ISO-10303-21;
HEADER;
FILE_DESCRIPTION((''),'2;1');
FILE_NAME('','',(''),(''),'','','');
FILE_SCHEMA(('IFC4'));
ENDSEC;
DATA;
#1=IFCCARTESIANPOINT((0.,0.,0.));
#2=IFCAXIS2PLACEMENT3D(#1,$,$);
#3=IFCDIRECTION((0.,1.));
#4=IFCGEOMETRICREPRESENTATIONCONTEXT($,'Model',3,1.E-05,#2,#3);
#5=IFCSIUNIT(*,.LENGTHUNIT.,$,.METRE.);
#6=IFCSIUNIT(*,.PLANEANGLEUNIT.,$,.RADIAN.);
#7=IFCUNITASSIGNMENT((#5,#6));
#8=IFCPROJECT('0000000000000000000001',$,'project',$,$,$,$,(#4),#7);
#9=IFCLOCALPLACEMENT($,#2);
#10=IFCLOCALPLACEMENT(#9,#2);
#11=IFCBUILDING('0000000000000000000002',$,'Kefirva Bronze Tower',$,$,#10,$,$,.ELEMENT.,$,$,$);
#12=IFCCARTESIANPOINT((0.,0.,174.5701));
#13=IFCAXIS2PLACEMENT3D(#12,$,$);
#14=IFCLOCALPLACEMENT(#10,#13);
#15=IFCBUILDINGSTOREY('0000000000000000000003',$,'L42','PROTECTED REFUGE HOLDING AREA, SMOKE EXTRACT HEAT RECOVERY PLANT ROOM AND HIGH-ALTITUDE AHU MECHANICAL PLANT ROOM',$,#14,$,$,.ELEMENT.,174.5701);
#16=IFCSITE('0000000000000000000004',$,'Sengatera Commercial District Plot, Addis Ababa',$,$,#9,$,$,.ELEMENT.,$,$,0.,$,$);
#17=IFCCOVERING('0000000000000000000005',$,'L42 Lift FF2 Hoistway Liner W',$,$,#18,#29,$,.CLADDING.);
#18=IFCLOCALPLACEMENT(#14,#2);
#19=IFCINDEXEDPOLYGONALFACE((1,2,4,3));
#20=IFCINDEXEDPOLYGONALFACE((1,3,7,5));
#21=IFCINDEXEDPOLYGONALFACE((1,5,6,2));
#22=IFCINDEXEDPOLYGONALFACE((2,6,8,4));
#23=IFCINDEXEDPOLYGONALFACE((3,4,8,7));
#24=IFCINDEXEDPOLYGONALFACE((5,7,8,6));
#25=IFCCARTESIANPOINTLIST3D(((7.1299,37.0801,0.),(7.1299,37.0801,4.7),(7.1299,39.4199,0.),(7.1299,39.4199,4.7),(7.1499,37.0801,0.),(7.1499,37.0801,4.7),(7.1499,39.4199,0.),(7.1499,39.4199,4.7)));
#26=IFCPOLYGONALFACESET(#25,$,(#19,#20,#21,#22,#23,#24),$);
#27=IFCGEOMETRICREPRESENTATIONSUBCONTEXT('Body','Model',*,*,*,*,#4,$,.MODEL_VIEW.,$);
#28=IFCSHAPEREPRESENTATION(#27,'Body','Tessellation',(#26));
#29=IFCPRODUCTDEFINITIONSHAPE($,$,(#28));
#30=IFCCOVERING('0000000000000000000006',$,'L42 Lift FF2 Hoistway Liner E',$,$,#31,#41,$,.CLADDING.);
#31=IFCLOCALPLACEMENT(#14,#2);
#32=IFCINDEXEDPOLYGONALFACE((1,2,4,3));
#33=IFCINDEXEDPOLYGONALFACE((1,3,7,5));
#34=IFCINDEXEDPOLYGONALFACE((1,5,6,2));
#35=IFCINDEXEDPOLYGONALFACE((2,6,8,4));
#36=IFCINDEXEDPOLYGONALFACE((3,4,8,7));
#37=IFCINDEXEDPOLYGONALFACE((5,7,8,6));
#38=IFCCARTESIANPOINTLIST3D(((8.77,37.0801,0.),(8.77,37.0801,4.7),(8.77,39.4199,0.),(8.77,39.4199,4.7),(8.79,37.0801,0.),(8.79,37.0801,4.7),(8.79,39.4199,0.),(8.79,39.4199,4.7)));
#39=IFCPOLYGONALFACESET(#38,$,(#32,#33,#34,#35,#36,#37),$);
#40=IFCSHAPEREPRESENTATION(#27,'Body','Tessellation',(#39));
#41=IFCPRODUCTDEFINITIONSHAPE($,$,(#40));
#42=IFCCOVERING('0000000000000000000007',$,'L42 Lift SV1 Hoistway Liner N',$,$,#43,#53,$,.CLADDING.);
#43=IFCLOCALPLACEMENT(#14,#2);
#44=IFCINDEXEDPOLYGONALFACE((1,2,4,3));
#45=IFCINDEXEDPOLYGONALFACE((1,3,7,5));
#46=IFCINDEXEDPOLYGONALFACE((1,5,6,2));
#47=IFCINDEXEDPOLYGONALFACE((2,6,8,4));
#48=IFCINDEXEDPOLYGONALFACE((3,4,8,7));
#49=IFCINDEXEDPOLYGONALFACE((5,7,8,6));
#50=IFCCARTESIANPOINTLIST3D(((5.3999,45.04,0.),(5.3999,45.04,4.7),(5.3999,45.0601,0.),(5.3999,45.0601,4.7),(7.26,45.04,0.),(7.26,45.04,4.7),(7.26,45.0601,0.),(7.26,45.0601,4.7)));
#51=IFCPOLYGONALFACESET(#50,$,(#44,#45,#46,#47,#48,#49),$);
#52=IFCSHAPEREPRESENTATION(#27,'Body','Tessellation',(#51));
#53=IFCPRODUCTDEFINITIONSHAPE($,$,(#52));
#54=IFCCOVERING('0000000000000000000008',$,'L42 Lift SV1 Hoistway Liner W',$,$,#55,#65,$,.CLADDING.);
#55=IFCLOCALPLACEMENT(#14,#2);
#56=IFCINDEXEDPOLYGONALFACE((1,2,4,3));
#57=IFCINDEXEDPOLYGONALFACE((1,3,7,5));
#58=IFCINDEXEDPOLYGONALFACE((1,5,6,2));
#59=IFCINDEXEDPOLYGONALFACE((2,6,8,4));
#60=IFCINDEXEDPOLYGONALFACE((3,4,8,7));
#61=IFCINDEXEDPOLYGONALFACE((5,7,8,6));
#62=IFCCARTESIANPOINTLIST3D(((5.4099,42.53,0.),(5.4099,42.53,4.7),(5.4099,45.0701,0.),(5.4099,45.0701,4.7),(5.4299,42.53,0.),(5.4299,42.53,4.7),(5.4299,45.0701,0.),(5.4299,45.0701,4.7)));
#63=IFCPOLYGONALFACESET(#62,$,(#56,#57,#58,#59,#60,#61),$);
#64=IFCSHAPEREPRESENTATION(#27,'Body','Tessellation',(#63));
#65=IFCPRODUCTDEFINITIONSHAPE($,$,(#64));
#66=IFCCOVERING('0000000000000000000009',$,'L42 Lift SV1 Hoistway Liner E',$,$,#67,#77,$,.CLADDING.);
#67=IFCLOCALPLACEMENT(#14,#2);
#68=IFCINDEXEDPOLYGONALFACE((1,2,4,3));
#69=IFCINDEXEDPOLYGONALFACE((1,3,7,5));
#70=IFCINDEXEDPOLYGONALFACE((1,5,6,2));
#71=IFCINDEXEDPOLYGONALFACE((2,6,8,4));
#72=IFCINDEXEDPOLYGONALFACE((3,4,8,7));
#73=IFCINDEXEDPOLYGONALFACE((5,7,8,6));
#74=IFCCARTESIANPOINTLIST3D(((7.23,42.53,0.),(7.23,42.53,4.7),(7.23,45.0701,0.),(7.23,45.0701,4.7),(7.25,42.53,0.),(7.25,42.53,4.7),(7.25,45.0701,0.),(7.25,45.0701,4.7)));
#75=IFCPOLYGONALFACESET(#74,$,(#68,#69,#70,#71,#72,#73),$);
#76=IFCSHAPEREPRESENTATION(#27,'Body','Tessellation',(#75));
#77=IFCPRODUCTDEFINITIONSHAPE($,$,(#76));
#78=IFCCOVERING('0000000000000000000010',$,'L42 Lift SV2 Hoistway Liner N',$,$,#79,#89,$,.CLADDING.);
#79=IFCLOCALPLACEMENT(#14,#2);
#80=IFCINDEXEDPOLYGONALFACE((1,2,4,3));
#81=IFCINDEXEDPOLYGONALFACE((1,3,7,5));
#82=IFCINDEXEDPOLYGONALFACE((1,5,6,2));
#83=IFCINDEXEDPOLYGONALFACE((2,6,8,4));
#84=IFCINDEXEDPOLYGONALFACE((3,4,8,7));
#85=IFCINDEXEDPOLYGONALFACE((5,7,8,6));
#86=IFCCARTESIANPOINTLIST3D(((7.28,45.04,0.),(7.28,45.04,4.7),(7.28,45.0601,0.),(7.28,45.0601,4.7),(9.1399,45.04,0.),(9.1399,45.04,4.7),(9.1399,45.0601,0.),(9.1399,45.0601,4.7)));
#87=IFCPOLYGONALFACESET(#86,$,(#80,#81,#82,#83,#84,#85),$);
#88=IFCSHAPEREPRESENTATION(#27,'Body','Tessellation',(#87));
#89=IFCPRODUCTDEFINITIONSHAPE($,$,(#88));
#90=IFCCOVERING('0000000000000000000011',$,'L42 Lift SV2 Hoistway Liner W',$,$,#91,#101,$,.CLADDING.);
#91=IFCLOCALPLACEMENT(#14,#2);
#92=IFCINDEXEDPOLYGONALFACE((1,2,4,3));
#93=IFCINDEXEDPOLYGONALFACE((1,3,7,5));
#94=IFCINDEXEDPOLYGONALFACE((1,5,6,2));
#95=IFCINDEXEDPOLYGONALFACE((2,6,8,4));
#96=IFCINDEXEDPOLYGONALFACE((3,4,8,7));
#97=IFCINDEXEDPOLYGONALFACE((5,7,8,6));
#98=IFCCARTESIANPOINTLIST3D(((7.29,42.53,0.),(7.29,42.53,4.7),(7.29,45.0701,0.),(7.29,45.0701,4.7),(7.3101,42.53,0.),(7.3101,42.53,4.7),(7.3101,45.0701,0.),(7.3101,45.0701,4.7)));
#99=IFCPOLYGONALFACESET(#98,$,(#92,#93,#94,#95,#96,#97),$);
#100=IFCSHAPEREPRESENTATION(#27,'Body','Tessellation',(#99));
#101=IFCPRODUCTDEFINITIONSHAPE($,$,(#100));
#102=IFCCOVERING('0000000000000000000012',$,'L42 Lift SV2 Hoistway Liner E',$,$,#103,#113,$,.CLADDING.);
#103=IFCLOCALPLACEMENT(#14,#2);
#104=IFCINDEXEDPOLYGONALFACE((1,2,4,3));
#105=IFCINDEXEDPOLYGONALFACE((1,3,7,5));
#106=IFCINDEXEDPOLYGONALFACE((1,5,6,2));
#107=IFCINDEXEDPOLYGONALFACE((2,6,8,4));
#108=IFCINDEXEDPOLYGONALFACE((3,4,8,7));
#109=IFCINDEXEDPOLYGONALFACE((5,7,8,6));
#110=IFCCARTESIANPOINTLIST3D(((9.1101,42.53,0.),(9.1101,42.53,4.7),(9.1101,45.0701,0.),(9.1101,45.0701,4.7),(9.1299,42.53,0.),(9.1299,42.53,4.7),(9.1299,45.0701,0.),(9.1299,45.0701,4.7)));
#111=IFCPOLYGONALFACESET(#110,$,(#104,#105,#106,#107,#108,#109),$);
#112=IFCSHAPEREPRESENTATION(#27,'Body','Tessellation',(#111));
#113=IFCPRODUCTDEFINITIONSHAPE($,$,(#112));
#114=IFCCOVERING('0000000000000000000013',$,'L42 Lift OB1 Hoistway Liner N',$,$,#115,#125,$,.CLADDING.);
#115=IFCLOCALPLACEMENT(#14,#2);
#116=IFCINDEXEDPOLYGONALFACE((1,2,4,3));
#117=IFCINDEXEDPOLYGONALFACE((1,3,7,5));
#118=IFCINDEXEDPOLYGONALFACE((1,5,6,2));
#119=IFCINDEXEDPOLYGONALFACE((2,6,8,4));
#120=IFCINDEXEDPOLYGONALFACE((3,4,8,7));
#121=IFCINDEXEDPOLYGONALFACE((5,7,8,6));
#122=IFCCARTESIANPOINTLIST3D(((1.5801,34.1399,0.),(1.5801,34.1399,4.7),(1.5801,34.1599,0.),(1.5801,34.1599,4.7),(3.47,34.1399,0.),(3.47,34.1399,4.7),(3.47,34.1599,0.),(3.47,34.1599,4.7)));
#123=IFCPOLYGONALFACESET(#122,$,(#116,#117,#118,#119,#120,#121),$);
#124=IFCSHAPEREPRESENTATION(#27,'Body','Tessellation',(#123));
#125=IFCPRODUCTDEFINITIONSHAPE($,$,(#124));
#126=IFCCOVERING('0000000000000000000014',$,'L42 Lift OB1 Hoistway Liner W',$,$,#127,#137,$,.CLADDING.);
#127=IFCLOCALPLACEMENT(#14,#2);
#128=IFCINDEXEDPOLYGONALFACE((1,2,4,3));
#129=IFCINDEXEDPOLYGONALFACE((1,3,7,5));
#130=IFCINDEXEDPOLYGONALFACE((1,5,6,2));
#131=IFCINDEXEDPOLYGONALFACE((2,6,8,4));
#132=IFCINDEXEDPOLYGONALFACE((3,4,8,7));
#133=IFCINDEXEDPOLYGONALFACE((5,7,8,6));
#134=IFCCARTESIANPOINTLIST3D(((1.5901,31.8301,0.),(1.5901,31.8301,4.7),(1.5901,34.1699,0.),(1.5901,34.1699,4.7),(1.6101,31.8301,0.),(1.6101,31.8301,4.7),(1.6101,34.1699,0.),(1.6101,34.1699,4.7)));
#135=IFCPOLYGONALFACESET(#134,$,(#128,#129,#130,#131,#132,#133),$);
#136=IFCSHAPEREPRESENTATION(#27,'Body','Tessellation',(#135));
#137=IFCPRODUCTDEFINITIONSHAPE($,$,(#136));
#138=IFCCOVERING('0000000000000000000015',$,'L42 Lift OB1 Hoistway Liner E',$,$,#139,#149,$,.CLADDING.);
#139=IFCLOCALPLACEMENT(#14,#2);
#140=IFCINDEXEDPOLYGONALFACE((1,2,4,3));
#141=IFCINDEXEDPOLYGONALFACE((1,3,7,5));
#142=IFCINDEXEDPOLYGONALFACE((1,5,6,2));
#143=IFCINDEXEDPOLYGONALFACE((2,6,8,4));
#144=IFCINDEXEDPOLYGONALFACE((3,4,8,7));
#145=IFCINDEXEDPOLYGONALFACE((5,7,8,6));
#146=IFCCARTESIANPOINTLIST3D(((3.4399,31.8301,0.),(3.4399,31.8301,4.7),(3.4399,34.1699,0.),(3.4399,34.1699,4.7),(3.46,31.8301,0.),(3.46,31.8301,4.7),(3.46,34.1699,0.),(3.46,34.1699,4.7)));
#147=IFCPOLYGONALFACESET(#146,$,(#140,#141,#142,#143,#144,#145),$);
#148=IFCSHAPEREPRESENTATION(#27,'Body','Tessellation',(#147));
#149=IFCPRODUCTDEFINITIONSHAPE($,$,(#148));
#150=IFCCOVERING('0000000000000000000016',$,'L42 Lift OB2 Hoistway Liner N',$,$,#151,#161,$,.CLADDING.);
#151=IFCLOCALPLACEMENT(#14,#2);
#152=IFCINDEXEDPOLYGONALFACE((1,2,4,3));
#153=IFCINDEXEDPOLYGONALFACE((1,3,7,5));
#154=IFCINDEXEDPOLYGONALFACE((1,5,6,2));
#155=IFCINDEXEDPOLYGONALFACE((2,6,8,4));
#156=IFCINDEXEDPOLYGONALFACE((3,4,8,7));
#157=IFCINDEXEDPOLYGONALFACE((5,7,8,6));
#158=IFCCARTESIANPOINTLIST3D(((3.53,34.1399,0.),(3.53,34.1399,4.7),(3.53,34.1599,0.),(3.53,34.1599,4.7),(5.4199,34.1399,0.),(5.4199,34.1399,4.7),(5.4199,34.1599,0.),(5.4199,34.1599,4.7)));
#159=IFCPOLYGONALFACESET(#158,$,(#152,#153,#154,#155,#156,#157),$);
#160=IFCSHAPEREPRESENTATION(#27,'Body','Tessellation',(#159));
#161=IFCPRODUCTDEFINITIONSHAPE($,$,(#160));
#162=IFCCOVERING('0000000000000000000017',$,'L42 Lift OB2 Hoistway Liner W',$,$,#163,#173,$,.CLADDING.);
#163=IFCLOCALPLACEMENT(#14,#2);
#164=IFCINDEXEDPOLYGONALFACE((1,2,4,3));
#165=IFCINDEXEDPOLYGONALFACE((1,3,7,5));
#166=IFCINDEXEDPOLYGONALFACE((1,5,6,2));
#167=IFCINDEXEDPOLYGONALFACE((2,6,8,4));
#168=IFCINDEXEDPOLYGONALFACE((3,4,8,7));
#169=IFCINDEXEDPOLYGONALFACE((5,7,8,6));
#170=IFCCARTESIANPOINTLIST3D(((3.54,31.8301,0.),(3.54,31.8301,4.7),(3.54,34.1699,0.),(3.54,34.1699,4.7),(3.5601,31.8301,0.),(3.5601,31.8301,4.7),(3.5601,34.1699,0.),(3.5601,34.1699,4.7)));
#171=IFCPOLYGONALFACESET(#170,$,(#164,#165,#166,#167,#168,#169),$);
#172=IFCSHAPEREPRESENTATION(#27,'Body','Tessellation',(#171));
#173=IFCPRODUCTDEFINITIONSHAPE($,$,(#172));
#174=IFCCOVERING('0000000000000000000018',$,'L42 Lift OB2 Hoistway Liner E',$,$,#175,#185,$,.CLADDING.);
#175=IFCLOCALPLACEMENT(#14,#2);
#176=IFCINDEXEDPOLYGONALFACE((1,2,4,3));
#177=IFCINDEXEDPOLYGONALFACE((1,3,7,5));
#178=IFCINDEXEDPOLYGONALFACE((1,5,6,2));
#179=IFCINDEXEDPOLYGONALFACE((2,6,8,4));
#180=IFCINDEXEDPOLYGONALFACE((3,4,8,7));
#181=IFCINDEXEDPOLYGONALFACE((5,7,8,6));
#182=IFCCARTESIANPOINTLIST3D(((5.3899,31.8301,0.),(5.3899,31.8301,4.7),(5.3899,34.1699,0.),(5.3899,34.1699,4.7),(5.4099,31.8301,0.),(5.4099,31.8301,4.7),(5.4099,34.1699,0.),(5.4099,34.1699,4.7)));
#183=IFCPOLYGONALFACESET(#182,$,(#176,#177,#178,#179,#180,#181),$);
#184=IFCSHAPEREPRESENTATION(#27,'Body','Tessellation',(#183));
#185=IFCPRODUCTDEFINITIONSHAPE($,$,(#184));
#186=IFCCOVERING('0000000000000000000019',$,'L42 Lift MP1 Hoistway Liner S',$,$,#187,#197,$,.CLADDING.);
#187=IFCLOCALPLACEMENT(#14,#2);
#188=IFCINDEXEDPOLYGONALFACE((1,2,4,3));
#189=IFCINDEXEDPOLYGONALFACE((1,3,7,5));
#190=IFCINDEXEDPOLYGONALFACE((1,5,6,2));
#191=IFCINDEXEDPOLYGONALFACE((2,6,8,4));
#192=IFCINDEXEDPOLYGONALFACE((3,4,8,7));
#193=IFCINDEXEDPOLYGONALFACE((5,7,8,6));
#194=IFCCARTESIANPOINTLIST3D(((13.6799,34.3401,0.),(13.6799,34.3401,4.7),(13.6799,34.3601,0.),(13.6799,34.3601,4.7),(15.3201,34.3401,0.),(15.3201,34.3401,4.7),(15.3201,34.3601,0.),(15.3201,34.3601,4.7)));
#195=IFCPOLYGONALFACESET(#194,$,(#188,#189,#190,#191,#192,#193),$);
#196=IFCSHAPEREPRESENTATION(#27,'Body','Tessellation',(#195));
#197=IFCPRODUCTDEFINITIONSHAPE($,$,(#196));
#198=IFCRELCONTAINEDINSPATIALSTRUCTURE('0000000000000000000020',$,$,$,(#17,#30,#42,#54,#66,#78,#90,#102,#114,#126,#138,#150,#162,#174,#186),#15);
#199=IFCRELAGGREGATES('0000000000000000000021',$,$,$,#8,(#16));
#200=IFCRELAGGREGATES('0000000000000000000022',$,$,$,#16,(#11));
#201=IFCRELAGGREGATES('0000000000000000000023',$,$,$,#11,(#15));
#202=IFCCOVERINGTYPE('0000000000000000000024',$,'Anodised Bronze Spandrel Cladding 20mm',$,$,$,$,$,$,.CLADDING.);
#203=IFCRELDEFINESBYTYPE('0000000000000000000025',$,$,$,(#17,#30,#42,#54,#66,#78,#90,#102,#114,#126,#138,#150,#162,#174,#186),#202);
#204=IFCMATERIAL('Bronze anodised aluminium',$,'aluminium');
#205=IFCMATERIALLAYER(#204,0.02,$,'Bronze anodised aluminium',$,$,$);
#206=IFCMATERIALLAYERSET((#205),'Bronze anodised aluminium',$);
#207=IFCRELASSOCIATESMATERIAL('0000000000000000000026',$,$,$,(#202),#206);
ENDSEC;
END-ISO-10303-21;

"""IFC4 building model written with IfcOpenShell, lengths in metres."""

from ifc_helpers import new_model, si_unit, direction, frame, origin, place, context, subcontext, project, spatial, polyline, outline, extrude, material, layer, layer_set, type_object, element, save


model = new_model("IFC4")

# Units and contexts
model_context = context("Model", 3, precision=1e-05, world=origin(), true_north=direction((0.0, 1.0)))
body_context = subcontext(model_context, "Body", "Model", "MODEL_VIEW")
ifc_project = project(units=[si_unit("LENGTHUNIT", "METRE"), si_unit("PLANEANGLEUNIT", "RADIAN")], contexts=[model_context])

# Site, building, storey
site_placement = place(None, origin())
site = spatial("IfcSite", under=ifc_project, at=site_placement, Name="Sengatera Commercial District Plot, Addis Ababa", CompositionType="ELEMENT", RefElevation=0.0)
building_placement = place(site_placement, origin())
building = spatial("IfcBuilding", under=site, at=building_placement, Name="Kefirva Bronze Tower", CompositionType="ELEMENT")
storey_placement = place(building_placement, frame((0.0, 0.0, 174.5701)))
storey = spatial("IfcBuildingStorey", under=building, at=storey_placement, Name="L42", Description="PROTECTED REFUGE HOLDING AREA, SMOKE EXTRACT HEAT RECOVERY PLANT ROOM AND HIGH-ALTITUDE AHU MECHANICAL PLANT ROOM", CompositionType="ELEMENT", Elevation=174.5701)

# Coverings
ifc_material_1 = material(Name="Bronze anodised aluminium", Category="aluminium")
ifc_layer_1 = layer(ifc_material_1, 0.02, Name="Bronze anodised aluminium")
ifc_layer_set_1 = layer_set([ifc_layer_1], Name="Bronze anodised aluminium")
covering_type = type_object("IfcCoveringType", Name="Anodised Bronze Spandrel Cladding 20mm", PredefinedType="CLADDING", material=ifc_layer_set_1)
covering_1_placement = place(storey_placement, origin())
element("IfcCovering", 1, at=covering_1_placement, inside=storey, type_object=covering_type, Name="L42 Lift FF2 Hoistway Liner W", PredefinedType="CLADDING", context=body_context, shape_type="SweptSolid", body=[
    extrude(outline(polyline([(7.1299, 37.0801), (7.1499, 37.0801), (7.1499, 39.4199), (7.1299, 39.4199), (7.1299, 37.0801)])), origin(), (0.0, 0.0, 1.0), 4.7),
])
covering_2_placement = place(storey_placement, origin())
element("IfcCovering", 2, at=covering_2_placement, inside=storey, type_object=covering_type, Name="L42 Lift FF2 Hoistway Liner E", PredefinedType="CLADDING", context=body_context, shape_type="SweptSolid", body=[
    extrude(outline(polyline([(8.77, 37.0801), (8.79, 37.0801), (8.79, 39.4199), (8.77, 39.4199), (8.77, 37.0801)])), origin(), (0.0, 0.0, 1.0), 4.7),
])
covering_3_placement = place(storey_placement, origin())
element("IfcCovering", 3, at=covering_3_placement, inside=storey, type_object=covering_type, Name="L42 Lift SV1 Hoistway Liner N", PredefinedType="CLADDING", context=body_context, shape_type="SweptSolid", body=[
    extrude(outline(polyline([(5.3999, 45.04), (7.26, 45.04), (7.26, 45.0601), (5.3999, 45.0601), (5.3999, 45.04)])), origin(), (0.0, 0.0, 1.0), 4.7),
])
covering_4_placement = place(storey_placement, origin())
element("IfcCovering", 4, at=covering_4_placement, inside=storey, type_object=covering_type, Name="L42 Lift SV1 Hoistway Liner W", PredefinedType="CLADDING", context=body_context, shape_type="SweptSolid", body=[
    extrude(outline(polyline([(5.4099, 42.53), (5.4299, 42.53), (5.4299, 45.0701), (5.4099, 45.0701), (5.4099, 42.53)])), origin(), (0.0, 0.0, 1.0), 4.7),
])
covering_5_placement = place(storey_placement, origin())
element("IfcCovering", 5, at=covering_5_placement, inside=storey, type_object=covering_type, Name="L42 Lift SV1 Hoistway Liner E", PredefinedType="CLADDING", context=body_context, shape_type="SweptSolid", body=[
    extrude(outline(polyline([(7.23, 42.53), (7.25, 42.53), (7.25, 45.0701), (7.23, 45.0701), (7.23, 42.53)])), origin(), (0.0, 0.0, 1.0), 4.7),
])
covering_6_placement = place(storey_placement, origin())
element("IfcCovering", 6, at=covering_6_placement, inside=storey, type_object=covering_type, Name="L42 Lift SV2 Hoistway Liner N", PredefinedType="CLADDING", context=body_context, shape_type="SweptSolid", body=[
    extrude(outline(polyline([(7.28, 45.04), (9.1399, 45.04), (9.1399, 45.0601), (7.28, 45.0601), (7.28, 45.04)])), origin(), (0.0, 0.0, 1.0), 4.7),
])
covering_7_placement = place(storey_placement, origin())
element("IfcCovering", 7, at=covering_7_placement, inside=storey, type_object=covering_type, Name="L42 Lift SV2 Hoistway Liner W", PredefinedType="CLADDING", context=body_context, shape_type="SweptSolid", body=[
    extrude(outline(polyline([(7.29, 42.53), (7.3101, 42.53), (7.3101, 45.0701), (7.29, 45.0701), (7.29, 42.53)])), origin(), (0.0, 0.0, 1.0), 4.7),
])
covering_8_placement = place(storey_placement, origin())
element("IfcCovering", 8, at=covering_8_placement, inside=storey, type_object=covering_type, Name="L42 Lift SV2 Hoistway Liner E", PredefinedType="CLADDING", context=body_context, shape_type="SweptSolid", body=[
    extrude(outline(polyline([(9.1101, 42.53), (9.1299, 42.53), (9.1299, 45.0701), (9.1101, 45.0701), (9.1101, 42.53)])), origin(), (0.0, 0.0, 1.0), 4.7),
])
covering_9_placement = place(storey_placement, origin())
element("IfcCovering", 9, at=covering_9_placement, inside=storey, type_object=covering_type, Name="L42 Lift OB1 Hoistway Liner N", PredefinedType="CLADDING", context=body_context, shape_type="SweptSolid", body=[
    extrude(outline(polyline([(1.5801, 34.1399), (3.47, 34.1399), (3.47, 34.1599), (1.5801, 34.1599), (1.5801, 34.1399)])), origin(), (0.0, 0.0, 1.0), 4.7),
])
covering_10_placement = place(storey_placement, origin())
element("IfcCovering", 10, at=covering_10_placement, inside=storey, type_object=covering_type, Name="L42 Lift OB1 Hoistway Liner W", PredefinedType="CLADDING", context=body_context, shape_type="SweptSolid", body=[
    extrude(outline(polyline([(1.5901, 31.8301), (1.6101, 31.8301), (1.6101, 34.1699), (1.5901, 34.1699), (1.5901, 31.8301)])), origin(), (0.0, 0.0, 1.0), 4.7),
])
covering_11_placement = place(storey_placement, origin())
element("IfcCovering", 11, at=covering_11_placement, inside=storey, type_object=covering_type, Name="L42 Lift OB1 Hoistway Liner E", PredefinedType="CLADDING", context=body_context, shape_type="SweptSolid", body=[
    extrude(outline(polyline([(3.4399, 31.8301), (3.46, 31.8301), (3.46, 34.1699), (3.4399, 34.1699), (3.4399, 31.8301)])), origin(), (0.0, 0.0, 1.0), 4.7),
])
covering_12_placement = place(storey_placement, origin())
element("IfcCovering", 12, at=covering_12_placement, inside=storey, type_object=covering_type, Name="L42 Lift OB2 Hoistway Liner N", PredefinedType="CLADDING", context=body_context, shape_type="SweptSolid", body=[
    extrude(outline(polyline([(3.53, 34.1399), (5.4199, 34.1399), (5.4199, 34.1599), (3.53, 34.1599), (3.53, 34.1399)])), origin(), (0.0, 0.0, 1.0), 4.7),
])
covering_13_placement = place(storey_placement, origin())
element("IfcCovering", 13, at=covering_13_placement, inside=storey, type_object=covering_type, Name="L42 Lift OB2 Hoistway Liner W", PredefinedType="CLADDING", context=body_context, shape_type="SweptSolid", body=[
    extrude(outline(polyline([(3.54, 31.8301), (3.5601, 31.8301), (3.5601, 34.1699), (3.54, 34.1699), (3.54, 31.8301)])), origin(), (0.0, 0.0, 1.0), 4.7),
])
covering_14_placement = place(storey_placement, origin())
element("IfcCovering", 14, at=covering_14_placement, inside=storey, type_object=covering_type, Name="L42 Lift OB2 Hoistway Liner E", PredefinedType="CLADDING", context=body_context, shape_type="SweptSolid", body=[
    extrude(outline(polyline([(5.3899, 31.8301), (5.4099, 31.8301), (5.4099, 34.1699), (5.3899, 34.1699), (5.3899, 31.8301)])), origin(), (0.0, 0.0, 1.0), 4.7),
])
covering_15_placement = place(storey_placement, origin())
element("IfcCovering", 15, at=covering_15_placement, inside=storey, type_object=covering_type, Name="L42 Lift MP1 Hoistway Liner S", PredefinedType="CLADDING", context=body_context, shape_type="SweptSolid", body=[
    extrude(outline(polyline([(13.6799, 34.3401), (15.3201, 34.3401), (15.3201, 34.3601), (13.6799, 34.3601), (13.6799, 34.3401)])), origin(), (0.0, 0.0, 1.0), 4.7),
])

save(model, "model.ifc")
